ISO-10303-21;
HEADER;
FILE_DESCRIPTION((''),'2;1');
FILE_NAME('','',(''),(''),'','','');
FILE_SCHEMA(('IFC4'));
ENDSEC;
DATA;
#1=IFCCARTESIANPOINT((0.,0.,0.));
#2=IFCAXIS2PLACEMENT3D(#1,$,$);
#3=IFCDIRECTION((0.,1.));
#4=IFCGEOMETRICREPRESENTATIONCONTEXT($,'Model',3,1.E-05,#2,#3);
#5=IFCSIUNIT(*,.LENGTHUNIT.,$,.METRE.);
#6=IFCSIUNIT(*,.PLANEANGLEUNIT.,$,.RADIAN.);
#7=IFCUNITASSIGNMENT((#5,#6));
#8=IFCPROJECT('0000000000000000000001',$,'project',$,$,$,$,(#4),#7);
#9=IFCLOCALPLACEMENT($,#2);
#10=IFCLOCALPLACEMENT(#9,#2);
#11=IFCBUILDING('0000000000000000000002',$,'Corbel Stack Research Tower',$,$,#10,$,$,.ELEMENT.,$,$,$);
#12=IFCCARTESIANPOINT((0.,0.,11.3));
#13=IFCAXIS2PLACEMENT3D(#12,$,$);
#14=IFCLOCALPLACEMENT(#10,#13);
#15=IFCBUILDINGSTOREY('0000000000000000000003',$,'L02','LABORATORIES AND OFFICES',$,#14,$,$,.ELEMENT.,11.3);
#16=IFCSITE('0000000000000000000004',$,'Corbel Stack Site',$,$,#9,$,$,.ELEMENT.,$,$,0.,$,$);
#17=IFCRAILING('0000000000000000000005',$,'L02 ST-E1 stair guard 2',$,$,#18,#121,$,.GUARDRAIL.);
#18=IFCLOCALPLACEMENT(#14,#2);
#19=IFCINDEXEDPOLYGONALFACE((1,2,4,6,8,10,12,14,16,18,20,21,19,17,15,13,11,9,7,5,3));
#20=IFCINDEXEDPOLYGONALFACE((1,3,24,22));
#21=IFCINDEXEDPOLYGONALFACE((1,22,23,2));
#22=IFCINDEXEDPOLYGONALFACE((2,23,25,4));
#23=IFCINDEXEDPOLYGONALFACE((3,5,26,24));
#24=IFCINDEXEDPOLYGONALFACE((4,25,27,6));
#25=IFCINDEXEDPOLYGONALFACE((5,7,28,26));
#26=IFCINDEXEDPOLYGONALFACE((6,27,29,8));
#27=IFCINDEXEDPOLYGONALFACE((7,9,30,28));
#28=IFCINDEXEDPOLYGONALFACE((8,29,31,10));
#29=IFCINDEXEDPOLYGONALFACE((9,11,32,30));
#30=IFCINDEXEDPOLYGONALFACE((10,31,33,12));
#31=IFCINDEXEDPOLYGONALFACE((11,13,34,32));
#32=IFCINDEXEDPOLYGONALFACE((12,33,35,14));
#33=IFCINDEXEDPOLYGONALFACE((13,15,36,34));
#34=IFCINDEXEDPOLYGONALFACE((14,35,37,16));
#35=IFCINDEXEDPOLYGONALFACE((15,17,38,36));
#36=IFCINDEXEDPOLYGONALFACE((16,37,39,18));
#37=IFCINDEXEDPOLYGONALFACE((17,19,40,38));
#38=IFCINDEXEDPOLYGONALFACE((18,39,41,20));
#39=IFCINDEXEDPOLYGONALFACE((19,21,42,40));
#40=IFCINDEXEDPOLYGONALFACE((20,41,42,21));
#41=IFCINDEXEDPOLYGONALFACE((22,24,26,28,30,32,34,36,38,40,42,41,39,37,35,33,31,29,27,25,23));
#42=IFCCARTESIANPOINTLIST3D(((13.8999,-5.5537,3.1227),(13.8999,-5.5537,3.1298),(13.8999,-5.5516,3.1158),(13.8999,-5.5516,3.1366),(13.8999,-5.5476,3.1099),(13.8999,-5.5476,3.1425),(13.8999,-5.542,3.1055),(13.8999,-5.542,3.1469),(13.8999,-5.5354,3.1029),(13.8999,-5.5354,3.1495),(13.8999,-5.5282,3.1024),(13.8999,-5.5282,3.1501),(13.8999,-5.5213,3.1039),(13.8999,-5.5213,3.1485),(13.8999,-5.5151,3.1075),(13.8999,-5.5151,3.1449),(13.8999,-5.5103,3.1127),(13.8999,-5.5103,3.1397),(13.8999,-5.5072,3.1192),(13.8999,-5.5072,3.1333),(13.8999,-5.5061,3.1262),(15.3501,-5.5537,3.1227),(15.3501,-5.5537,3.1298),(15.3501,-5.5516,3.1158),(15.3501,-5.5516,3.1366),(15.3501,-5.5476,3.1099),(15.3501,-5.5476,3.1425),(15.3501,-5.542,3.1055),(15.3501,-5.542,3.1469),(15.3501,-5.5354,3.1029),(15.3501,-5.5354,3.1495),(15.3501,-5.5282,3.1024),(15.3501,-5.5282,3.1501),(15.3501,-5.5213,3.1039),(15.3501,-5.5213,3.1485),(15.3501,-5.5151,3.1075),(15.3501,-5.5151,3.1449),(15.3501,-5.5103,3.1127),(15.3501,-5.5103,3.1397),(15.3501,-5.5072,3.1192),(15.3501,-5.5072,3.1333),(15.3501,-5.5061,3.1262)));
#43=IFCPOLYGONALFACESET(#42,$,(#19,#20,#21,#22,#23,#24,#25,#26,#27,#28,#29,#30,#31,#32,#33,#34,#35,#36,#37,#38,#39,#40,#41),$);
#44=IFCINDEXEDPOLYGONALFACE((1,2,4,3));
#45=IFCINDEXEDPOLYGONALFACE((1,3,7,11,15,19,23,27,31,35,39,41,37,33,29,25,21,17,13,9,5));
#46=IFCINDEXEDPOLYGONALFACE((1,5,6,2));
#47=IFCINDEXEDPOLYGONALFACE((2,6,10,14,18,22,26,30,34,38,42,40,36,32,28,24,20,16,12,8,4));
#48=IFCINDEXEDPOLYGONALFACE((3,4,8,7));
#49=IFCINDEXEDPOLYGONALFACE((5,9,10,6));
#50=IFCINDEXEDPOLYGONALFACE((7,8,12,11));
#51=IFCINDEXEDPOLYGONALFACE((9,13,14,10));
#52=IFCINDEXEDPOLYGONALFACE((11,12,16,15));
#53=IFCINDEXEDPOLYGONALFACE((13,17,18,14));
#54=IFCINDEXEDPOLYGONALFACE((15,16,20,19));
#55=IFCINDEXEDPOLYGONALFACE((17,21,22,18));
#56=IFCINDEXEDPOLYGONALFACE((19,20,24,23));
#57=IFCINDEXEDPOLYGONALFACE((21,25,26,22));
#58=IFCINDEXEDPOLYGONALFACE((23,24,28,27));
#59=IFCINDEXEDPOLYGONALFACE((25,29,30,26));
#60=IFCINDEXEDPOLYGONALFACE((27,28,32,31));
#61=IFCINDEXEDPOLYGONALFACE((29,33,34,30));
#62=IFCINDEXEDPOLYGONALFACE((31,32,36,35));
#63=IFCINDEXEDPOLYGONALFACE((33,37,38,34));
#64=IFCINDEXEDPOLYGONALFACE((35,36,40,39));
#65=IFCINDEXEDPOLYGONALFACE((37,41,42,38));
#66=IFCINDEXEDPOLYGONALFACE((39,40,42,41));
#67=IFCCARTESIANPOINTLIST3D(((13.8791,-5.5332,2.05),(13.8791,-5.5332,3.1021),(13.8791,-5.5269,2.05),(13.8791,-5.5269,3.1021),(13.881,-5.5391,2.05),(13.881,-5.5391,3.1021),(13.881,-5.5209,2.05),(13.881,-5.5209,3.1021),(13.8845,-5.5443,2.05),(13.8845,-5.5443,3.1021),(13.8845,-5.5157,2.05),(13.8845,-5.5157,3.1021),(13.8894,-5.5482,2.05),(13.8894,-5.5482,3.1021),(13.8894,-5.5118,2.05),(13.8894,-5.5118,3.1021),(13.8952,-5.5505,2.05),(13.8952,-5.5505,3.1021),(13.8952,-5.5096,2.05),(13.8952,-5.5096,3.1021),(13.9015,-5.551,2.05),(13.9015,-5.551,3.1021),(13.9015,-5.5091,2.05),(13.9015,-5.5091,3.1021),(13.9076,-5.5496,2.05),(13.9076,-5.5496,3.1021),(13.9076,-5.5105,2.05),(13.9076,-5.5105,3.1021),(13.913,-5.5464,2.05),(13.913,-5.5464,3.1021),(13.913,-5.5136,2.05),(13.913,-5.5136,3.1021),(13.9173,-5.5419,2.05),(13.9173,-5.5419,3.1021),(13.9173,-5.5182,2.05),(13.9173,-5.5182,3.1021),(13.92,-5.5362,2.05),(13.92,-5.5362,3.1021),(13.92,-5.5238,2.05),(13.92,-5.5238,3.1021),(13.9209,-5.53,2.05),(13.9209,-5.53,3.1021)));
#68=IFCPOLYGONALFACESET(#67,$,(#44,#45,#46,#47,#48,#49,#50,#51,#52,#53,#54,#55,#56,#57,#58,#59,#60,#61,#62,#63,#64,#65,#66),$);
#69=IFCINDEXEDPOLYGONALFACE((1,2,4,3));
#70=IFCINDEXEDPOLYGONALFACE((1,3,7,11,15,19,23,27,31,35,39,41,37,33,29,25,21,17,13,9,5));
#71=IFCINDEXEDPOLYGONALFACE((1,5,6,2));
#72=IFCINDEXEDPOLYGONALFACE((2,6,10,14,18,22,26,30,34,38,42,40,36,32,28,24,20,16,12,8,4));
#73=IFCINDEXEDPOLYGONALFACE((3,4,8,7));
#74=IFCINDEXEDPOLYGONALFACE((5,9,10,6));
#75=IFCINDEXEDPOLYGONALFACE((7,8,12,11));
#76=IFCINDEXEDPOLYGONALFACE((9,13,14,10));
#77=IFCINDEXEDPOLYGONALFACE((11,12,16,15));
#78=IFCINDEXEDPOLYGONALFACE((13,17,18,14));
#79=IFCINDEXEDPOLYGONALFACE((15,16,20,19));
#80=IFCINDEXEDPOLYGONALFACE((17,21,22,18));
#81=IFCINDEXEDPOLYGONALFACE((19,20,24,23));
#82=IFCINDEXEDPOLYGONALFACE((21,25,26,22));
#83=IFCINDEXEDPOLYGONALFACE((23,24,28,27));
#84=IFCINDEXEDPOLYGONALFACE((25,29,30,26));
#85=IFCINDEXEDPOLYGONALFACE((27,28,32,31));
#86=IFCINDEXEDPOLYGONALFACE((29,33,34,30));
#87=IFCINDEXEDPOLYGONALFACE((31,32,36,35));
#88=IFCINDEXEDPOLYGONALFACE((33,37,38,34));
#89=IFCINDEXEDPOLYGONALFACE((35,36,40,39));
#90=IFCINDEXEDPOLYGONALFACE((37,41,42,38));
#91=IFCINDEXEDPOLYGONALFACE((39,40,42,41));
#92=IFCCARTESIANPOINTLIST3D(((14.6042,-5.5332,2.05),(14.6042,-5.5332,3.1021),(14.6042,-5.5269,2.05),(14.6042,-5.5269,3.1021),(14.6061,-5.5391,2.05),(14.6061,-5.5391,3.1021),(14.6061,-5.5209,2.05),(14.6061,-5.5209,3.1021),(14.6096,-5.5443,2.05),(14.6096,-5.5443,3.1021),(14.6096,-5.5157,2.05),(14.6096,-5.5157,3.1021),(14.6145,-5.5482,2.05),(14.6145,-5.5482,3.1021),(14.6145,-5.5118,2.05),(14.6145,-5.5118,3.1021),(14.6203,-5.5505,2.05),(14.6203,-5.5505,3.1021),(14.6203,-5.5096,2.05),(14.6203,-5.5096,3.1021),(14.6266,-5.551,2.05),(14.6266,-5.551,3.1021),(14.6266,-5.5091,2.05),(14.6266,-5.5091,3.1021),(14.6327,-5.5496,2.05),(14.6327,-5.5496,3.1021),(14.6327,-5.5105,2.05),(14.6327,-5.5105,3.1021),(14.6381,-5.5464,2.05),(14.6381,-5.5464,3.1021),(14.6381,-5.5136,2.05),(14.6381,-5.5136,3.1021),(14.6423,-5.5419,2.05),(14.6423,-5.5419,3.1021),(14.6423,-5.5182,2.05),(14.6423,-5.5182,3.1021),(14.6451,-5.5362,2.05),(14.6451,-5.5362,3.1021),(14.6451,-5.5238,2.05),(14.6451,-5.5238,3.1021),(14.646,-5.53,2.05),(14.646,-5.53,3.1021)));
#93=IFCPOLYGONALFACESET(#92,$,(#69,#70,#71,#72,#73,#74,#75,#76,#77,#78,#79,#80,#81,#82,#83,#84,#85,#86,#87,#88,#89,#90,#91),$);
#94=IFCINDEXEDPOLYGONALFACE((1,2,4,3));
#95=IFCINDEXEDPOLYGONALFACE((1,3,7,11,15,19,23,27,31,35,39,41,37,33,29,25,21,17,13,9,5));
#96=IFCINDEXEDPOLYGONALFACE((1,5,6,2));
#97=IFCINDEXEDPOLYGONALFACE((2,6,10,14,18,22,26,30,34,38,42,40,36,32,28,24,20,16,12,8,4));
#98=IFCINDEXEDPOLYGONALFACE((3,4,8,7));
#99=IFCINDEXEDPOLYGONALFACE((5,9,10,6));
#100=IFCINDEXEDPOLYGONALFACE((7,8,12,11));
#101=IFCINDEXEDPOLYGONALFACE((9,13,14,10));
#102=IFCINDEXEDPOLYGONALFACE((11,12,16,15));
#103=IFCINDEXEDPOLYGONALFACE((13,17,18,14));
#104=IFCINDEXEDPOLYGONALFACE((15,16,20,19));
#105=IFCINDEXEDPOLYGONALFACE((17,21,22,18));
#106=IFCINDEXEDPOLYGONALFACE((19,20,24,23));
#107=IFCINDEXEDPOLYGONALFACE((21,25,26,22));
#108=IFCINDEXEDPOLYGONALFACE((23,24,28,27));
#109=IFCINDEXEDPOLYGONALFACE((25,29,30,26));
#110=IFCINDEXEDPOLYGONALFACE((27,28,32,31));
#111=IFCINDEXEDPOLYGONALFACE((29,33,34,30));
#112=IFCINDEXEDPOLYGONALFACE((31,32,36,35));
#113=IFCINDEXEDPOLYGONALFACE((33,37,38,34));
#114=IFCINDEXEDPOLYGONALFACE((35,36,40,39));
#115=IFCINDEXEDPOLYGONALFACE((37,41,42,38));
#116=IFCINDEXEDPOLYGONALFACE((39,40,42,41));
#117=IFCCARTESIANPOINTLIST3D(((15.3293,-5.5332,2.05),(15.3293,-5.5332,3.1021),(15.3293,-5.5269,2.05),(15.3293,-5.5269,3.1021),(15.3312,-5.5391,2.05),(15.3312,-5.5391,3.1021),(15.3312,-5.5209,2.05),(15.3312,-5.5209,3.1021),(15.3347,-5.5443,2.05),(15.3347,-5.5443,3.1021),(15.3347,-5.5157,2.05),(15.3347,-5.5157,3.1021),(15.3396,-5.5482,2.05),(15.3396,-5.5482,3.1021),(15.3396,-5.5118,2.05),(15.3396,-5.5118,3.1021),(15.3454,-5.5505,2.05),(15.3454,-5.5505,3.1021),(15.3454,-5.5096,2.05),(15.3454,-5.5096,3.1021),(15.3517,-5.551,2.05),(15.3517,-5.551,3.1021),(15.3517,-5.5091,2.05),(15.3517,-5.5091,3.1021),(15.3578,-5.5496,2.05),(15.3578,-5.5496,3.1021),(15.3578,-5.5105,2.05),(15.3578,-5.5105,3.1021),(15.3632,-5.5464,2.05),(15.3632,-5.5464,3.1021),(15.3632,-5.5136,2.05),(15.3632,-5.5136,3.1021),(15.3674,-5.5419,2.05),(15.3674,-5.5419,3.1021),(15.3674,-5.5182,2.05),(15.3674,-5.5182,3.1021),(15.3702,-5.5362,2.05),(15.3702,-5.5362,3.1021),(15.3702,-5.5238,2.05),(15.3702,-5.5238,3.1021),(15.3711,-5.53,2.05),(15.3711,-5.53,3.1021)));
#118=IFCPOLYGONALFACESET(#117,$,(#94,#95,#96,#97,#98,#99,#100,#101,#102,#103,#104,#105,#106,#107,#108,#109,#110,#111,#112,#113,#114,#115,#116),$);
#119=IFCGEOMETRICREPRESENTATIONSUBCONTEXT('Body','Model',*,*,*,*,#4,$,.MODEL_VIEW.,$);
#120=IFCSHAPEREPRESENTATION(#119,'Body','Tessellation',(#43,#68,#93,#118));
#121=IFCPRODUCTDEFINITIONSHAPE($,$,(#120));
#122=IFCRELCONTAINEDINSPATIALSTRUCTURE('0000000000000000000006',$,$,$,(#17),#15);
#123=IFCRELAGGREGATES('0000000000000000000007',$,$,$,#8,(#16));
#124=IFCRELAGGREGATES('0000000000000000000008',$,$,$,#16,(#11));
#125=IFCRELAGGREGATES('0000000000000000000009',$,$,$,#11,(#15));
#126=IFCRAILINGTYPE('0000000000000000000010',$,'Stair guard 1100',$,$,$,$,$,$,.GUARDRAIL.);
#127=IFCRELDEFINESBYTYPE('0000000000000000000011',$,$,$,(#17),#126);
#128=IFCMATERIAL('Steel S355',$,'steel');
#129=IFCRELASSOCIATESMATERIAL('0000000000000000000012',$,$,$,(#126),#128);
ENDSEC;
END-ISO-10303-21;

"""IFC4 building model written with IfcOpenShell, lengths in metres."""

from ifc_helpers import new_model, si_unit, direction, frame, origin, origin_2d, place, context, subcontext, project, spatial, circle, extrude, material, type_object, element, save


model = new_model("IFC4")

# Units and contexts
model_context = context("Model", 3, precision=1e-05, world=origin(), true_north=direction((0.0, 1.0)))
body_context = subcontext(model_context, "Body", "Model", "MODEL_VIEW")
ifc_project = project(units=[si_unit("LENGTHUNIT", "METRE"), si_unit("PLANEANGLEUNIT", "RADIAN")], contexts=[model_context])

# Site, building, storey
site_placement = place(None, origin())
site = spatial("IfcSite", under=ifc_project, at=site_placement, Name="Corbel Stack Site", CompositionType="ELEMENT", RefElevation=0.0)
building_placement = place(site_placement, origin())
building = spatial("IfcBuilding", under=site, at=building_placement, Name="Corbel Stack Research Tower", CompositionType="ELEMENT")
storey_placement = place(building_placement, frame((0.0, 0.0, 11.3)))
storey = spatial("IfcBuildingStorey", under=building, at=storey_placement, Name="L02", Description="LABORATORIES AND OFFICES", CompositionType="ELEMENT", Elevation=11.3)

# Railing
ifc_material_1 = material(Name="Steel S355", Category="steel")
railing_type_1 = type_object("IfcRailingType", Name="Stair guard 1100", PredefinedType="GUARDRAIL", material=ifc_material_1)
railing_1_placement = place(storey_placement, frame((13.8999, -5.53, 2.05)))
element("IfcRailing", 1, at=railing_1_placement, inside=storey, type_object=railing_type_1, Name="L02 ST-E1 stair guard 2", PredefinedType="GUARDRAIL", context=body_context, shape_type="SweptSolid", body=[
    extrude(circle(Radius=0.0239, at=origin_2d()), frame((0.0, 0.0, 1.0762), z_axis=(1.0, 0.0, 0.0), x_axis=(0.0, 1.0, 0.0)), (0.0, 0.0, 1.0), 1.4502),
    extrude(circle(Radius=0.021, at=origin_2d()), origin(), (0.0, 0.0, 1.0), 1.052),
    extrude(circle(Radius=0.021, at=origin_2d()), frame((0.7251, 0.0, 0.0)), (0.0, 0.0, 1.0), 1.052),
    extrude(circle(Radius=0.021, at=origin_2d()), frame((1.4502, 0.0, 0.0)), (0.0, 0.0, 1.0), 1.052),
])

save(model, "model.ifc")
